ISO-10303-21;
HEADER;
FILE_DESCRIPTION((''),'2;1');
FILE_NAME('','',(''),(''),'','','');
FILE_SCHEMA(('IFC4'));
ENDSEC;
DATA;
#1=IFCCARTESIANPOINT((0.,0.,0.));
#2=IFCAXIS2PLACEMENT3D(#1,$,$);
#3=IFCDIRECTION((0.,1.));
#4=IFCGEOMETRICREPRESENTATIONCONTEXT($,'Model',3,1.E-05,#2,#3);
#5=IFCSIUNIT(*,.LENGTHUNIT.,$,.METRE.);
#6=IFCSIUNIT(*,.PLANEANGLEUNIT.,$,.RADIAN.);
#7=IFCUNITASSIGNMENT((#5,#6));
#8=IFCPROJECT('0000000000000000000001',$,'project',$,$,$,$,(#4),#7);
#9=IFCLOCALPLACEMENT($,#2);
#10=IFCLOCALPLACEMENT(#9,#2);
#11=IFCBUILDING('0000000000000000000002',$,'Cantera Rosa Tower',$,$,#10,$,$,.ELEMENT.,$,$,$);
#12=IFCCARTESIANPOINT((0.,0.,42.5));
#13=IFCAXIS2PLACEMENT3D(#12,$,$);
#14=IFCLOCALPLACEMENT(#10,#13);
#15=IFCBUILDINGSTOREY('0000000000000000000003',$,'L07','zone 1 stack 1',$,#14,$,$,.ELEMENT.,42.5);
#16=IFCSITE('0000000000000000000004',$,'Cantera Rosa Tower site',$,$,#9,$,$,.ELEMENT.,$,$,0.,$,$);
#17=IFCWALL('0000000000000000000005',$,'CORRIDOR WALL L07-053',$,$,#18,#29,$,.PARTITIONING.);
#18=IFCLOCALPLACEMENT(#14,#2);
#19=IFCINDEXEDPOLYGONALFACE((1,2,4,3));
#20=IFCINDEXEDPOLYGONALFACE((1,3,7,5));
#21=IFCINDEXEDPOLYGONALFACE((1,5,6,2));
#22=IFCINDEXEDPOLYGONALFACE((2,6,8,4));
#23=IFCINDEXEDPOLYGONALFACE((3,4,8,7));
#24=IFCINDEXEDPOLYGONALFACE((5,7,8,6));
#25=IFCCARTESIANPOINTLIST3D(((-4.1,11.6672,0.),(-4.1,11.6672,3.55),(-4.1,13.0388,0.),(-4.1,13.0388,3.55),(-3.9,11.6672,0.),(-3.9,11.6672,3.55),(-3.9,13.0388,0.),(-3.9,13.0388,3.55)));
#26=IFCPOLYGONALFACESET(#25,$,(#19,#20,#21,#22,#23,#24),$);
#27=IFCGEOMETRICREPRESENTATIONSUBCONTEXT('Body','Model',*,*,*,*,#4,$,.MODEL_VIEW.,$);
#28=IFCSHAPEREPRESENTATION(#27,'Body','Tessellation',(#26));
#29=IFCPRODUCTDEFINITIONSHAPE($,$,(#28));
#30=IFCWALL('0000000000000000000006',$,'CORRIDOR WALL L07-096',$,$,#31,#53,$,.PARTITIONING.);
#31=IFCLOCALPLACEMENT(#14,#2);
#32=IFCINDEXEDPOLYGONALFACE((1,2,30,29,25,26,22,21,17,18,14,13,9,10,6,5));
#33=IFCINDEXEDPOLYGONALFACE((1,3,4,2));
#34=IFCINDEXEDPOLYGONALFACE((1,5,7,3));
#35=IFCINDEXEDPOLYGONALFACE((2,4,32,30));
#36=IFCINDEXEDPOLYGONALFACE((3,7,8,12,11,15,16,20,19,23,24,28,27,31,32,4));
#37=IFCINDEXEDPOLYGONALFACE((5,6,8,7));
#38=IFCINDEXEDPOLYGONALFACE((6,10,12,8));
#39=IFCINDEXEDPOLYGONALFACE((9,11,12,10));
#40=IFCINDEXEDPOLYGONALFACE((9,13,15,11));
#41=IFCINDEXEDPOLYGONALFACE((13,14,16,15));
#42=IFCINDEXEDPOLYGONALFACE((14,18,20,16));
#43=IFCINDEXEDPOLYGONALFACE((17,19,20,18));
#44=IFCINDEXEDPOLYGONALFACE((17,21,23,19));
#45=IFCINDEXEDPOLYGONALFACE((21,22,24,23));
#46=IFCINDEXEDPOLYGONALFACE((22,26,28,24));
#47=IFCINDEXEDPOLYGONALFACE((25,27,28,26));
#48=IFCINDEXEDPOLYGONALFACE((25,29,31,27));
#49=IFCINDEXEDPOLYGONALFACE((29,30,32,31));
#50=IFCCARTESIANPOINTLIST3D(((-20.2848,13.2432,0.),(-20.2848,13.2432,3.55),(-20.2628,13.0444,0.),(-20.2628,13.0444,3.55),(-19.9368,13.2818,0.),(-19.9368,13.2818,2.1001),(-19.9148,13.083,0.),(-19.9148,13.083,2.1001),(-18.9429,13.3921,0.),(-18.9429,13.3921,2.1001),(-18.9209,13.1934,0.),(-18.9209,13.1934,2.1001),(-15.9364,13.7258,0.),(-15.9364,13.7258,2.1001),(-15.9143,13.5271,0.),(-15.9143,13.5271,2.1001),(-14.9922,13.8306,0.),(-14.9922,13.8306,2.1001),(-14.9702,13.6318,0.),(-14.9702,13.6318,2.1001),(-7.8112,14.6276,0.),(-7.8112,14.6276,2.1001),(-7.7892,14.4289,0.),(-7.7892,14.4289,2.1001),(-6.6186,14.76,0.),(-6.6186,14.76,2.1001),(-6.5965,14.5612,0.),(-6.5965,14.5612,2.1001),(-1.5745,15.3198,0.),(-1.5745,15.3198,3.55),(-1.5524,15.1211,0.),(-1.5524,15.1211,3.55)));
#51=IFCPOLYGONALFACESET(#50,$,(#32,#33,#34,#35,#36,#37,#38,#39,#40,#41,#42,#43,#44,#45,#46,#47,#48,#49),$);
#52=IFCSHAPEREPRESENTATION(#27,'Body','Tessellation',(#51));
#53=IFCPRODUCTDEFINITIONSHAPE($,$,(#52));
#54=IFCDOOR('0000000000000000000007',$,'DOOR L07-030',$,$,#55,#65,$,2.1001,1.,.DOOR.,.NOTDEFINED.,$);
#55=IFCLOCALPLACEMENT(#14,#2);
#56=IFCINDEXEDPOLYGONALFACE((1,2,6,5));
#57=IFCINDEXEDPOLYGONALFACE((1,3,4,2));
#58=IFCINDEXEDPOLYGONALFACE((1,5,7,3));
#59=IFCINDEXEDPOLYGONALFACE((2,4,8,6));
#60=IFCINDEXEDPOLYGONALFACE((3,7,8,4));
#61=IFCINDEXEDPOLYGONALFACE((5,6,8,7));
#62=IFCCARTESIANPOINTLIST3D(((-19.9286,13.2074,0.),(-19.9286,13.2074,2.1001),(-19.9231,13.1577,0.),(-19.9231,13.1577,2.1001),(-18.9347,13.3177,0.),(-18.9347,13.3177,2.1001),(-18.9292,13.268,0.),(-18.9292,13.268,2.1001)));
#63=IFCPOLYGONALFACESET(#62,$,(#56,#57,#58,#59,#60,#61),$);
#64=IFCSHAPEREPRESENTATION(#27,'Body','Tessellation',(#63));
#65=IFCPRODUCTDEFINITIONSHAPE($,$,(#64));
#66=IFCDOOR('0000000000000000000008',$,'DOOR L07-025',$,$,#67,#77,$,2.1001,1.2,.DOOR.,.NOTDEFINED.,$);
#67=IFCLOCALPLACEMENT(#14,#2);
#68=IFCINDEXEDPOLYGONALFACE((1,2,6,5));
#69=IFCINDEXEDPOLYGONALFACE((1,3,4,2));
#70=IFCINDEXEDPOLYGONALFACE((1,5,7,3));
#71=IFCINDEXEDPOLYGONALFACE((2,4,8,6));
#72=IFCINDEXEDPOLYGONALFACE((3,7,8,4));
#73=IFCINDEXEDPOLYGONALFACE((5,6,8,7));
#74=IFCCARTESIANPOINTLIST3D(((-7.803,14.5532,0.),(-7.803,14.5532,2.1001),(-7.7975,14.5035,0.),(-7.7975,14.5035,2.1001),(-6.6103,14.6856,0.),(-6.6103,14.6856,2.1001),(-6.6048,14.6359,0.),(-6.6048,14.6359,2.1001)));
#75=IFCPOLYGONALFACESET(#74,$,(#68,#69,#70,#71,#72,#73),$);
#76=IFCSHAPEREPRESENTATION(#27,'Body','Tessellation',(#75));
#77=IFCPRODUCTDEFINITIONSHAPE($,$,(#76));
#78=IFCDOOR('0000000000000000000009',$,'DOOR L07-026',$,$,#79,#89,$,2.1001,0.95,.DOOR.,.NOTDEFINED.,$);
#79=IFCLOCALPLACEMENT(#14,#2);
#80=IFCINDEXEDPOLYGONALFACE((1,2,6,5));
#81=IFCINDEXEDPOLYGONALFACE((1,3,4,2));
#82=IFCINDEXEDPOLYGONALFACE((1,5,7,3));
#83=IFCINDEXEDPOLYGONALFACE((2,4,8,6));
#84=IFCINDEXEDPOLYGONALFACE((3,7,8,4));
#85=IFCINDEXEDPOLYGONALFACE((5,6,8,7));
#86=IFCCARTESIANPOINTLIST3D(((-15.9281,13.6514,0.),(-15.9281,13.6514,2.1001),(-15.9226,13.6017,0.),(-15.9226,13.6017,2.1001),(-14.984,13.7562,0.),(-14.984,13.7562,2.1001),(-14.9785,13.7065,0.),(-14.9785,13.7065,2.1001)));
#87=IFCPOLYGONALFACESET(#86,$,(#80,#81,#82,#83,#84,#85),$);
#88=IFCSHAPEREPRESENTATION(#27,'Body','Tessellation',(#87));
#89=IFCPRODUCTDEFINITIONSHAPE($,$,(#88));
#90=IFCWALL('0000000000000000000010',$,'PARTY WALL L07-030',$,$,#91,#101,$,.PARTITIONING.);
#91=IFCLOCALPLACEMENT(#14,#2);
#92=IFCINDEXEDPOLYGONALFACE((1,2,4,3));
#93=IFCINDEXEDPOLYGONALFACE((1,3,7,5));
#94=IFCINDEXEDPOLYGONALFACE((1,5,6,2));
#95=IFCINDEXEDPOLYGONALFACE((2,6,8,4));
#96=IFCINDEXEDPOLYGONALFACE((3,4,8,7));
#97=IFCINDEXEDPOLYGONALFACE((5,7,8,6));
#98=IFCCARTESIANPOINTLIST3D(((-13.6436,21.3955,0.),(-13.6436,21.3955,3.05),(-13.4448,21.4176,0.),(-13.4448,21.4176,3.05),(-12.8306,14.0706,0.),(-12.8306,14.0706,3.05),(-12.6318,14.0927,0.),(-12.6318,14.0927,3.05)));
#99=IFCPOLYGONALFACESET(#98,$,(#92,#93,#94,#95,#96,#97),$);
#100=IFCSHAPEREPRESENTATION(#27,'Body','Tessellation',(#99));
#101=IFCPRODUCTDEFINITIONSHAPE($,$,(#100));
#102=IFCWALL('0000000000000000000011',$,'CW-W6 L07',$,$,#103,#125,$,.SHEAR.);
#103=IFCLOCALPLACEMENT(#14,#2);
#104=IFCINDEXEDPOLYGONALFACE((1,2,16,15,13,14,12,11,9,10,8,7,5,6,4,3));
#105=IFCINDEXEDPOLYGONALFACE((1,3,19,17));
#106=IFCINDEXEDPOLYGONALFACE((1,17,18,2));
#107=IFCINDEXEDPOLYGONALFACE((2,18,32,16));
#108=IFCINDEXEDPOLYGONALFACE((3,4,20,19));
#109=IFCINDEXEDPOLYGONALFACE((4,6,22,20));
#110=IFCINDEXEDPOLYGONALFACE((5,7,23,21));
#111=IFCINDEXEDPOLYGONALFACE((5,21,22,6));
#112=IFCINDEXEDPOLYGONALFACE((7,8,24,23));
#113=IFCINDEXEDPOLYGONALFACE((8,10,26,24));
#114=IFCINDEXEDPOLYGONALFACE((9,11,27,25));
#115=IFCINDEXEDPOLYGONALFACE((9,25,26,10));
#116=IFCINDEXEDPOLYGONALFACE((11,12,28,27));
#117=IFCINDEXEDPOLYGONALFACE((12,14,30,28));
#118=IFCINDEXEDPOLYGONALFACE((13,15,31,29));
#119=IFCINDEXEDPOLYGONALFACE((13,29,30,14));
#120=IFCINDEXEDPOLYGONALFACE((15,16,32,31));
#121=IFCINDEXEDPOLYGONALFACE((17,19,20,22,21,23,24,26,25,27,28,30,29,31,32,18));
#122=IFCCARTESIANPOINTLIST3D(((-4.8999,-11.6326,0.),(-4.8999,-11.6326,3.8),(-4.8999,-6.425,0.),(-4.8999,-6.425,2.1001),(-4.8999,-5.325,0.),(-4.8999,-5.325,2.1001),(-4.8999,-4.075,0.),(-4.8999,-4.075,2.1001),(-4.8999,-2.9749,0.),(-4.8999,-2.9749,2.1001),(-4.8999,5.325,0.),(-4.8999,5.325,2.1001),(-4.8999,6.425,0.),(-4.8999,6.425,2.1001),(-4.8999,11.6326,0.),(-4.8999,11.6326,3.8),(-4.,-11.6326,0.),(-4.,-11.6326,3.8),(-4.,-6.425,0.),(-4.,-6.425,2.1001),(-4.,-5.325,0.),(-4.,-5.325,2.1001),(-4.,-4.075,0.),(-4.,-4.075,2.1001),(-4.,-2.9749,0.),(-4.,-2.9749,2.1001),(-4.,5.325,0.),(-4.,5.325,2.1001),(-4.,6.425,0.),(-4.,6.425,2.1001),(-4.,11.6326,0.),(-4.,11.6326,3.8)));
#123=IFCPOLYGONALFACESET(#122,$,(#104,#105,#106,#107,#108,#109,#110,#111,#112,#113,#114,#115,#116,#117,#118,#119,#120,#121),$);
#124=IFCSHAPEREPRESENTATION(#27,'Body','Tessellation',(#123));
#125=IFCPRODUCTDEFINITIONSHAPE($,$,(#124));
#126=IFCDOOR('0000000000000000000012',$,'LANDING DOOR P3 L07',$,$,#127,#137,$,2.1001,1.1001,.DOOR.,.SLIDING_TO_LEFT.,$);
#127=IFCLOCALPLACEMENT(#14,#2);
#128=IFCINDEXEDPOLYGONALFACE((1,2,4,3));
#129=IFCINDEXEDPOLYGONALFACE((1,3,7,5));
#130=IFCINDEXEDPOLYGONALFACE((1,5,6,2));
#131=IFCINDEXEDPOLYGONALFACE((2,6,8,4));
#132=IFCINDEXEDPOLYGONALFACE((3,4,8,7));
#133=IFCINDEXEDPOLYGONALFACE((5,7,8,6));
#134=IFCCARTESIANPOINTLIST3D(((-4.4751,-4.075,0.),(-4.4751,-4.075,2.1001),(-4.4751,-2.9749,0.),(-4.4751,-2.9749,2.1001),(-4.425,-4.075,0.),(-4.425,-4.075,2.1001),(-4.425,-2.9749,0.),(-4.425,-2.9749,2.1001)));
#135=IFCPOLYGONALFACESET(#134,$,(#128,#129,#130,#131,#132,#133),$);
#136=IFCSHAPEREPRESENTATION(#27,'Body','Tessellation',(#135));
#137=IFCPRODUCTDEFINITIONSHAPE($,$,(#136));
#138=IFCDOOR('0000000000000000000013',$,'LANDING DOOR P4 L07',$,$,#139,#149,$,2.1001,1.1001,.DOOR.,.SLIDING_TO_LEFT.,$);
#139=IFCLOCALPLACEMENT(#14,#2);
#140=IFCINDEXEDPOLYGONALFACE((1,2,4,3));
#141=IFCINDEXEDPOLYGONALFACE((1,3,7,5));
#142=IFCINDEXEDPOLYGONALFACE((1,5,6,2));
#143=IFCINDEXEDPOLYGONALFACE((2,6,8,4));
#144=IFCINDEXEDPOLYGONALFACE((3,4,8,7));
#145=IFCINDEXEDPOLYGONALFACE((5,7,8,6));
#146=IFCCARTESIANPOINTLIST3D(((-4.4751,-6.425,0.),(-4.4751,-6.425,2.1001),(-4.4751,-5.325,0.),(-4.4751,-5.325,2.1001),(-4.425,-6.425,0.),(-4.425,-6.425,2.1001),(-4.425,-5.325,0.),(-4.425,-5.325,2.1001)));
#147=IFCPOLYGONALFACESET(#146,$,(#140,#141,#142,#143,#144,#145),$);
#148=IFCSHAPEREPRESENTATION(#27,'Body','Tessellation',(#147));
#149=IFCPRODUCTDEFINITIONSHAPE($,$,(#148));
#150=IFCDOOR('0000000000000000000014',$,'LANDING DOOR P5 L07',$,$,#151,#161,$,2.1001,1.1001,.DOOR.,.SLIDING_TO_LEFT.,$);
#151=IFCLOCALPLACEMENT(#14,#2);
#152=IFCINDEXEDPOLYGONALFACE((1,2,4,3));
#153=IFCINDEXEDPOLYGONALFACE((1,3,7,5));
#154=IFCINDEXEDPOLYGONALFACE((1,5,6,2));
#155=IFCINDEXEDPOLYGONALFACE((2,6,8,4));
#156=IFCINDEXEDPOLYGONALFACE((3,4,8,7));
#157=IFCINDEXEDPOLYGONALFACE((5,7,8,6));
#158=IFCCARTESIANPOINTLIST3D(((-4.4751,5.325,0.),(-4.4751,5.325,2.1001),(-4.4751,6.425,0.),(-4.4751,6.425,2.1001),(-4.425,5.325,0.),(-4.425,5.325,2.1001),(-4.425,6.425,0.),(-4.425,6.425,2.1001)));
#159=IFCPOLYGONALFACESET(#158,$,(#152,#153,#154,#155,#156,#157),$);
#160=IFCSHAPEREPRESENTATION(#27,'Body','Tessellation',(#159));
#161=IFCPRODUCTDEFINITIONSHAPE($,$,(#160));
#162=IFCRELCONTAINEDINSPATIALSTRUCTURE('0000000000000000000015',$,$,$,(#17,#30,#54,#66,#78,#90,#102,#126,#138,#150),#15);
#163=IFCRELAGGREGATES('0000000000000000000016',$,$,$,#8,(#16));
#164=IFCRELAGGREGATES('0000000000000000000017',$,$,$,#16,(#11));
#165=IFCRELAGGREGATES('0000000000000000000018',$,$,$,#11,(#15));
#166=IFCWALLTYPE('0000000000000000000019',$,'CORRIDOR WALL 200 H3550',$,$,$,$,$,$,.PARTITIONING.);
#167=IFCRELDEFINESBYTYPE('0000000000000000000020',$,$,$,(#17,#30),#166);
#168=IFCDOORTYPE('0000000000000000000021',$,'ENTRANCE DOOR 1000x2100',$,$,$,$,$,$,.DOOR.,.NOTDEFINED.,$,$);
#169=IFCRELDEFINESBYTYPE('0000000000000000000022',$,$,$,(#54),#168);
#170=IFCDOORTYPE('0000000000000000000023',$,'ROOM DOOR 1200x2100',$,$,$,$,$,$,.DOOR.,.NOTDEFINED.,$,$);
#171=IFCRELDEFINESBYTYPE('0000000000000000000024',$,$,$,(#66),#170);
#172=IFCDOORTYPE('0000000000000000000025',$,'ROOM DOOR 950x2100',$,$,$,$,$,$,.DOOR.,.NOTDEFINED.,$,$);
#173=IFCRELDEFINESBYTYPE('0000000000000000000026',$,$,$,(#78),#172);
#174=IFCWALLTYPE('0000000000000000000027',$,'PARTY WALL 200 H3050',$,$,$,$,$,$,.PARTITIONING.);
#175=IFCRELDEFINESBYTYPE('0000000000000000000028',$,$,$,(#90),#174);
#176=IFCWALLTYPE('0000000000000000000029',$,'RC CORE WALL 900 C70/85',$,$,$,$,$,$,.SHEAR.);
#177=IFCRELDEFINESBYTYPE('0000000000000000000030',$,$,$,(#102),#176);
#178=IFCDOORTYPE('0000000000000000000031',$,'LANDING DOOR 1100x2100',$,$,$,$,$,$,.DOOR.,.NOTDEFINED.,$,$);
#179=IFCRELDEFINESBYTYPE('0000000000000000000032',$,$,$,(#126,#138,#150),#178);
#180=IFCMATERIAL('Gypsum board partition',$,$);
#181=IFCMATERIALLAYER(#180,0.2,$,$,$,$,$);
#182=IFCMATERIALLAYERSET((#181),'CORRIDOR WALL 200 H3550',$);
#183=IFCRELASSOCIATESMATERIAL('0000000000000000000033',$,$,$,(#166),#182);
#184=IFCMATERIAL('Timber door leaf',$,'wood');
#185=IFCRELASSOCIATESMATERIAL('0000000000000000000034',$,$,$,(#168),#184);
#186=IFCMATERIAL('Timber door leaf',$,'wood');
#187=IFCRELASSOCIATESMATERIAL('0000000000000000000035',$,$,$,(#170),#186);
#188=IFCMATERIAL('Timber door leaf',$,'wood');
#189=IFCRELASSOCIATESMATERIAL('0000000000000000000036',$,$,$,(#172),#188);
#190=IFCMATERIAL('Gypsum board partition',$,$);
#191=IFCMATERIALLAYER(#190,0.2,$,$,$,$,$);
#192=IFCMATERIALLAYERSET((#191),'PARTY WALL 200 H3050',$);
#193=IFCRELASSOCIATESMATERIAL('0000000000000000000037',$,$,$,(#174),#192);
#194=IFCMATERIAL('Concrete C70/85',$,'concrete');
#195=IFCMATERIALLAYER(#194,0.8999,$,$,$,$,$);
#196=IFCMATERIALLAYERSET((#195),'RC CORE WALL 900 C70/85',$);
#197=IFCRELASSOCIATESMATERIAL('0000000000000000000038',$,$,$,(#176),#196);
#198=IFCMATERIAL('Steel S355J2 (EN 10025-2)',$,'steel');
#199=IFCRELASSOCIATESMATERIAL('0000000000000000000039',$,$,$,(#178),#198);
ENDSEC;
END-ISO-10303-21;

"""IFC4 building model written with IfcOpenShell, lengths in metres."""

from ifc_helpers import new_model, si_unit, direction, frame, frame_2d, origin, place, context, subcontext, project, spatial, rectangle, extrude, material, layer, layer_set, type_object, element, fill, save


model = new_model("IFC4")

# Units and contexts
model_context = context("Model", 3, precision=1e-05, world=origin(), true_north=direction((0.0, 1.0)))
body_context = subcontext(model_context, "Body", "Model", "MODEL_VIEW")
ifc_project = project(units=[si_unit("LENGTHUNIT", "METRE"), si_unit("PLANEANGLEUNIT", "RADIAN")], contexts=[model_context])

# Site, building, storey
site_placement = place(None, origin())
site = spatial("IfcSite", under=ifc_project, at=site_placement, Name="Cantera Rosa Tower site", CompositionType="ELEMENT", RefElevation=0.0)
building_placement = place(site_placement, origin())
building = spatial("IfcBuilding", under=site, at=building_placement, Name="Cantera Rosa Tower", CompositionType="ELEMENT")
storey_placement = place(building_placement, frame((0.0, 0.0, 42.5)))
storey = spatial("IfcBuildingStorey", under=building, at=storey_placement, Name="L07", Description="zone 1 stack 1", CompositionType="ELEMENT", Elevation=42.5)

# Wall
ifc_material_1 = material(Name="Gypsum board partition")
ifc_layer_1 = layer(ifc_material_1, 0.2)
ifc_layer_set_1 = layer_set([ifc_layer_1], Name="CORRIDOR WALL 200 H3550")
wall_type_1 = type_object("IfcWallType", Name="CORRIDOR WALL 200 H3550", PredefinedType="PARTITIONING", material=ifc_layer_set_1)
wall_1_placement = place(storey_placement, frame((-4.0, 13.0388, 0.0), z_axis=(0.0, 0.0, 1.0), x_axis=(0.0, -1.0, 0.0)))
element("IfcWall", 1, at=wall_1_placement, inside=storey, type_object=wall_type_1, Name="CORRIDOR WALL L07-053", PredefinedType="PARTITIONING", context=body_context, shape_type="SweptSolid", body=[
    extrude(rectangle(XDim=1.3716, YDim=0.2, at=frame_2d((0.6858, 0.0))), origin(), (0.0, 0.0, 1.0), 3.55),
])

# Wall, openings, doors
wall_2_placement = place(storey_placement, frame((-1.5635, 15.2205, 0.0), z_axis=(0.0, 0.0, 1.0), x_axis=(-0.993897, -0.110313, 0.0)))
wall_2 = element("IfcWall", 2, at=wall_2_placement, inside=storey, type_object=wall_type_1, Name="CORRIDOR WALL L07-096", PredefinedType="PARTITIONING", context=body_context, shape_type="SweptSolid", body=[
    extrude(rectangle(XDim=18.8252, YDim=0.2, at=frame_2d((9.4126, 0.0))), origin(), (0.0, 0.0, 1.0), 3.55),
])
opening_1_placement = place(wall_2_placement, frame((5.075, 0.0, 0.0)))
opening_1 = element("IfcOpeningElement", 3, at=opening_1_placement, cuts=wall_2, PredefinedType="OPENING", context=body_context, shape_type="SweptSolid", body=[
    extrude(rectangle(XDim=1.2, YDim=2.1001, at=frame_2d((0.6001, 1.05))), frame((0.0, 0.1099, 0.0), z_axis=(0.0, -1.0, 0.0), x_axis=(1.0, 0.0, 0.0)), (0.0, 0.0, 1.0), 0.22),
])
opening_2_placement = place(wall_2_placement, frame((13.5, 0.0, 0.0)))
opening_2 = element("IfcOpeningElement", 4, at=opening_2_placement, cuts=wall_2, PredefinedType="OPENING", context=body_context, shape_type="SweptSolid", body=[
    extrude(rectangle(XDim=0.95, YDim=2.1001, at=frame_2d((0.4751, 1.05))), frame((0.0, 0.1099, 0.0), z_axis=(0.0, -1.0, 0.0), x_axis=(1.0, 0.0, 0.0)), (0.0, 0.0, 1.0), 0.22),
])
opening_3_placement = place(wall_2_placement, frame((17.4751, 0.0, 0.0)))
opening_3 = element("IfcOpeningElement", 5, at=opening_3_placement, cuts=wall_2, PredefinedType="OPENING", context=body_context, shape_type="SweptSolid", body=[
    extrude(rectangle(XDim=1.0, YDim=2.1001, at=frame_2d((0.5, 1.05))), frame((0.0, 0.1099, 0.0), z_axis=(0.0, -1.0, 0.0), x_axis=(1.0, 0.0, 0.0)), (0.0, 0.0, 1.0), 0.22),
])
ifc_material_2 = material(Name="Timber door leaf", Category="wood")
door_type_1 = type_object("IfcDoorType", Name="ENTRANCE DOOR 1000x2100", OperationType="NOTDEFINED", PredefinedType="DOOR", material=ifc_material_2)
door_1_placement = place(opening_3_placement, origin())
door_1 = element("IfcDoor", 6, at=door_1_placement, inside=storey, type_object=door_type_1, Name="DOOR L07-030", OperationType="NOTDEFINED", OverallHeight=2.1001, OverallWidth=1.0, PredefinedType="DOOR", context=body_context, shape_type="SweptSolid", body=[
    extrude(rectangle(XDim=1.0, YDim=2.1001, at=frame_2d((0.5, 1.05))), frame((0.0, 0.0249, 0.0), z_axis=(0.0, -1.0, 0.0), x_axis=(1.0, 0.0, 0.0)), (0.0, 0.0, 1.0), 0.05),
])
fill(opening_3, door_1)
ifc_material_3 = material(Name="Timber door leaf", Category="wood")
door_type_2 = type_object("IfcDoorType", Name="ROOM DOOR 1200x2100", OperationType="NOTDEFINED", PredefinedType="DOOR", material=ifc_material_3)
door_2_placement = place(opening_1_placement, origin())
door_2 = element("IfcDoor", 7, at=door_2_placement, inside=storey, type_object=door_type_2, Name="DOOR L07-025", OperationType="NOTDEFINED", OverallHeight=2.1001, OverallWidth=1.2, PredefinedType="DOOR", context=body_context, shape_type="SweptSolid", body=[
    extrude(rectangle(XDim=1.2, YDim=2.1001, at=frame_2d((0.6001, 1.05))), frame((0.0, 0.0249, 0.0), z_axis=(0.0, -1.0, 0.0), x_axis=(1.0, 0.0, 0.0)), (0.0, 0.0, 1.0), 0.05),
])
fill(opening_1, door_2)
ifc_material_4 = material(Name="Timber door leaf", Category="wood")
door_type_3 = type_object("IfcDoorType", Name="ROOM DOOR 950x2100", OperationType="NOTDEFINED", PredefinedType="DOOR", material=ifc_material_4)
door_3_placement = place(opening_2_placement, origin())
door_3 = element("IfcDoor", 8, at=door_3_placement, inside=storey, type_object=door_type_3, Name="DOOR L07-026", OperationType="NOTDEFINED", OverallHeight=2.1001, OverallWidth=0.95, PredefinedType="DOOR", context=body_context, shape_type="SweptSolid", body=[
    extrude(rectangle(XDim=0.95, YDim=2.1001, at=frame_2d((0.4751, 1.05))), frame((0.0, 0.0249, 0.0), z_axis=(0.0, -1.0, 0.0), x_axis=(1.0, 0.0, 0.0)), (0.0, 0.0, 1.0), 0.05),
])
fill(opening_2, door_3)

# Wall
ifc_material_5 = material(Name="Gypsum board partition")
ifc_layer_2 = layer(ifc_material_5, 0.2)
ifc_layer_set_2 = layer_set([ifc_layer_2], Name="PARTY WALL 200 H3050")
wall_type_2 = type_object("IfcWallType", Name="PARTY WALL 200 H3050", PredefinedType="PARTITIONING", material=ifc_layer_set_2)
wall_3_placement = place(storey_placement, frame((-12.7312, 14.0815, 0.0), z_axis=(0.0, 0.0, 1.0), x_axis=(-0.110312, 0.993897, 0.0)))
element("IfcWall", 9, at=wall_3_placement, inside=storey, type_object=wall_type_2, Name="PARTY WALL L07-030", PredefinedType="PARTITIONING", context=body_context, shape_type="SweptSolid", body=[
    extrude(rectangle(XDim=7.3699, YDim=0.2, at=frame_2d((3.6851, 0.0))), origin(), (0.0, 0.0, 1.0), 3.05),
])

# Wall, openings, doors
ifc_material_6 = material(Name="Concrete C70/85", Category="concrete")
ifc_layer_3 = layer(ifc_material_6, 0.8999)
ifc_layer_set_3 = layer_set([ifc_layer_3], Name="RC CORE WALL 900 C70/85")
wall_type_3 = type_object("IfcWallType", Name="RC CORE WALL 900 C70/85", PredefinedType="SHEAR", material=ifc_layer_set_3)
wall_4_placement = place(storey_placement, frame((-4.45, 11.6326, 0.0), z_axis=(0.0, 0.0, 1.0), x_axis=(0.0, -1.0, 0.0)))
wall_4 = element("IfcWall", 10, at=wall_4_placement, inside=storey, type_object=wall_type_3, Name="CW-W6 L07", PredefinedType="SHEAR", context=body_context, shape_type="SweptSolid", body=[
    extrude(rectangle(XDim=23.2651, YDim=0.8999, at=frame_2d((11.6326, 0.0))), origin(), (0.0, 0.0, 1.0), 3.8),
])
opening_4_placement = place(wall_4_placement, frame((14.6074, 0.0, 0.0)))
opening_4 = element("IfcOpeningElement", 11, at=opening_4_placement, cuts=wall_4, PredefinedType="OPENING", context=body_context, shape_type="SweptSolid", body=[
    extrude(rectangle(XDim=1.1001, YDim=2.1001, at=frame_2d((0.55, 1.05))), frame((0.0, 0.46, 0.0), z_axis=(0.0, -1.0, 0.0), x_axis=(1.0, 0.0, 0.0)), (0.0, 0.0, 1.0), 0.9199),
])
opening_5_placement = place(wall_4_placement, frame((16.9575, 0.0, 0.0)))
opening_5 = element("IfcOpeningElement", 12, at=opening_5_placement, cuts=wall_4, PredefinedType="OPENING", context=body_context, shape_type="SweptSolid", body=[
    extrude(rectangle(XDim=1.1001, YDim=2.1001, at=frame_2d((0.55, 1.05))), frame((0.0, 0.46, 0.0), z_axis=(0.0, -1.0, 0.0), x_axis=(1.0, 0.0, 0.0)), (0.0, 0.0, 1.0), 0.9199),
])
opening_6_placement = place(wall_4_placement, frame((5.2075, 0.0, 0.0)))
opening_6 = element("IfcOpeningElement", 13, at=opening_6_placement, cuts=wall_4, PredefinedType="OPENING", context=body_context, shape_type="SweptSolid", body=[
    extrude(rectangle(XDim=1.1001, YDim=2.1001, at=frame_2d((0.55, 1.05))), frame((0.0, 0.46, 0.0), z_axis=(0.0, -1.0, 0.0), x_axis=(1.0, 0.0, 0.0)), (0.0, 0.0, 1.0), 0.9199),
])
ifc_material_7 = material(Name="Steel S355J2 (EN 10025-2)", Category="steel")
door_type_4 = type_object("IfcDoorType", Name="LANDING DOOR 1100x2100", OperationType="NOTDEFINED", PredefinedType="DOOR", material=ifc_material_7)
door_4_placement = place(opening_4_placement, origin())
door_4 = element("IfcDoor", 14, at=door_4_placement, inside=storey, type_object=door_type_4, Name="LANDING DOOR P3 L07", OperationType="SLIDING_TO_LEFT", OverallHeight=2.1001, OverallWidth=1.1001, PredefinedType="DOOR", context=body_context, shape_type="SweptSolid", body=[
    extrude(rectangle(XDim=1.1001, YDim=2.1001, at=frame_2d((0.55, 1.05))), frame((0.0, 0.0249, 0.0), z_axis=(0.0, -1.0, 0.0), x_axis=(1.0, 0.0, 0.0)), (0.0, 0.0, 1.0), 0.05),
])
fill(opening_4, door_4)
door_5_placement = place(opening_5_placement, origin())
door_5 = element("IfcDoor", 15, at=door_5_placement, inside=storey, type_object=door_type_4, Name="LANDING DOOR P4 L07", OperationType="SLIDING_TO_LEFT", OverallHeight=2.1001, OverallWidth=1.1001, PredefinedType="DOOR", context=body_context, shape_type="SweptSolid", body=[
    extrude(rectangle(XDim=1.1001, YDim=2.1001, at=frame_2d((0.55, 1.05))), frame((0.0, 0.0249, 0.0), z_axis=(0.0, -1.0, 0.0), x_axis=(1.0, 0.0, 0.0)), (0.0, 0.0, 1.0), 0.05),
])
fill(opening_5, door_5)
door_6_placement = place(opening_6_placement, origin())
door_6 = element("IfcDoor", 16, at=door_6_placement, inside=storey, type_object=door_type_4, Name="LANDING DOOR P5 L07", OperationType="SLIDING_TO_LEFT", OverallHeight=2.1001, OverallWidth=1.1001, PredefinedType="DOOR", context=body_context, shape_type="SweptSolid", body=[
    extrude(rectangle(XDim=1.1001, YDim=2.1001, at=frame_2d((0.55, 1.05))), frame((0.0, 0.0249, 0.0), z_axis=(0.0, -1.0, 0.0), x_axis=(1.0, 0.0, 0.0)), (0.0, 0.0, 1.0), 0.05),
])
fill(opening_6, door_6)

save(model, "model.ifc")
